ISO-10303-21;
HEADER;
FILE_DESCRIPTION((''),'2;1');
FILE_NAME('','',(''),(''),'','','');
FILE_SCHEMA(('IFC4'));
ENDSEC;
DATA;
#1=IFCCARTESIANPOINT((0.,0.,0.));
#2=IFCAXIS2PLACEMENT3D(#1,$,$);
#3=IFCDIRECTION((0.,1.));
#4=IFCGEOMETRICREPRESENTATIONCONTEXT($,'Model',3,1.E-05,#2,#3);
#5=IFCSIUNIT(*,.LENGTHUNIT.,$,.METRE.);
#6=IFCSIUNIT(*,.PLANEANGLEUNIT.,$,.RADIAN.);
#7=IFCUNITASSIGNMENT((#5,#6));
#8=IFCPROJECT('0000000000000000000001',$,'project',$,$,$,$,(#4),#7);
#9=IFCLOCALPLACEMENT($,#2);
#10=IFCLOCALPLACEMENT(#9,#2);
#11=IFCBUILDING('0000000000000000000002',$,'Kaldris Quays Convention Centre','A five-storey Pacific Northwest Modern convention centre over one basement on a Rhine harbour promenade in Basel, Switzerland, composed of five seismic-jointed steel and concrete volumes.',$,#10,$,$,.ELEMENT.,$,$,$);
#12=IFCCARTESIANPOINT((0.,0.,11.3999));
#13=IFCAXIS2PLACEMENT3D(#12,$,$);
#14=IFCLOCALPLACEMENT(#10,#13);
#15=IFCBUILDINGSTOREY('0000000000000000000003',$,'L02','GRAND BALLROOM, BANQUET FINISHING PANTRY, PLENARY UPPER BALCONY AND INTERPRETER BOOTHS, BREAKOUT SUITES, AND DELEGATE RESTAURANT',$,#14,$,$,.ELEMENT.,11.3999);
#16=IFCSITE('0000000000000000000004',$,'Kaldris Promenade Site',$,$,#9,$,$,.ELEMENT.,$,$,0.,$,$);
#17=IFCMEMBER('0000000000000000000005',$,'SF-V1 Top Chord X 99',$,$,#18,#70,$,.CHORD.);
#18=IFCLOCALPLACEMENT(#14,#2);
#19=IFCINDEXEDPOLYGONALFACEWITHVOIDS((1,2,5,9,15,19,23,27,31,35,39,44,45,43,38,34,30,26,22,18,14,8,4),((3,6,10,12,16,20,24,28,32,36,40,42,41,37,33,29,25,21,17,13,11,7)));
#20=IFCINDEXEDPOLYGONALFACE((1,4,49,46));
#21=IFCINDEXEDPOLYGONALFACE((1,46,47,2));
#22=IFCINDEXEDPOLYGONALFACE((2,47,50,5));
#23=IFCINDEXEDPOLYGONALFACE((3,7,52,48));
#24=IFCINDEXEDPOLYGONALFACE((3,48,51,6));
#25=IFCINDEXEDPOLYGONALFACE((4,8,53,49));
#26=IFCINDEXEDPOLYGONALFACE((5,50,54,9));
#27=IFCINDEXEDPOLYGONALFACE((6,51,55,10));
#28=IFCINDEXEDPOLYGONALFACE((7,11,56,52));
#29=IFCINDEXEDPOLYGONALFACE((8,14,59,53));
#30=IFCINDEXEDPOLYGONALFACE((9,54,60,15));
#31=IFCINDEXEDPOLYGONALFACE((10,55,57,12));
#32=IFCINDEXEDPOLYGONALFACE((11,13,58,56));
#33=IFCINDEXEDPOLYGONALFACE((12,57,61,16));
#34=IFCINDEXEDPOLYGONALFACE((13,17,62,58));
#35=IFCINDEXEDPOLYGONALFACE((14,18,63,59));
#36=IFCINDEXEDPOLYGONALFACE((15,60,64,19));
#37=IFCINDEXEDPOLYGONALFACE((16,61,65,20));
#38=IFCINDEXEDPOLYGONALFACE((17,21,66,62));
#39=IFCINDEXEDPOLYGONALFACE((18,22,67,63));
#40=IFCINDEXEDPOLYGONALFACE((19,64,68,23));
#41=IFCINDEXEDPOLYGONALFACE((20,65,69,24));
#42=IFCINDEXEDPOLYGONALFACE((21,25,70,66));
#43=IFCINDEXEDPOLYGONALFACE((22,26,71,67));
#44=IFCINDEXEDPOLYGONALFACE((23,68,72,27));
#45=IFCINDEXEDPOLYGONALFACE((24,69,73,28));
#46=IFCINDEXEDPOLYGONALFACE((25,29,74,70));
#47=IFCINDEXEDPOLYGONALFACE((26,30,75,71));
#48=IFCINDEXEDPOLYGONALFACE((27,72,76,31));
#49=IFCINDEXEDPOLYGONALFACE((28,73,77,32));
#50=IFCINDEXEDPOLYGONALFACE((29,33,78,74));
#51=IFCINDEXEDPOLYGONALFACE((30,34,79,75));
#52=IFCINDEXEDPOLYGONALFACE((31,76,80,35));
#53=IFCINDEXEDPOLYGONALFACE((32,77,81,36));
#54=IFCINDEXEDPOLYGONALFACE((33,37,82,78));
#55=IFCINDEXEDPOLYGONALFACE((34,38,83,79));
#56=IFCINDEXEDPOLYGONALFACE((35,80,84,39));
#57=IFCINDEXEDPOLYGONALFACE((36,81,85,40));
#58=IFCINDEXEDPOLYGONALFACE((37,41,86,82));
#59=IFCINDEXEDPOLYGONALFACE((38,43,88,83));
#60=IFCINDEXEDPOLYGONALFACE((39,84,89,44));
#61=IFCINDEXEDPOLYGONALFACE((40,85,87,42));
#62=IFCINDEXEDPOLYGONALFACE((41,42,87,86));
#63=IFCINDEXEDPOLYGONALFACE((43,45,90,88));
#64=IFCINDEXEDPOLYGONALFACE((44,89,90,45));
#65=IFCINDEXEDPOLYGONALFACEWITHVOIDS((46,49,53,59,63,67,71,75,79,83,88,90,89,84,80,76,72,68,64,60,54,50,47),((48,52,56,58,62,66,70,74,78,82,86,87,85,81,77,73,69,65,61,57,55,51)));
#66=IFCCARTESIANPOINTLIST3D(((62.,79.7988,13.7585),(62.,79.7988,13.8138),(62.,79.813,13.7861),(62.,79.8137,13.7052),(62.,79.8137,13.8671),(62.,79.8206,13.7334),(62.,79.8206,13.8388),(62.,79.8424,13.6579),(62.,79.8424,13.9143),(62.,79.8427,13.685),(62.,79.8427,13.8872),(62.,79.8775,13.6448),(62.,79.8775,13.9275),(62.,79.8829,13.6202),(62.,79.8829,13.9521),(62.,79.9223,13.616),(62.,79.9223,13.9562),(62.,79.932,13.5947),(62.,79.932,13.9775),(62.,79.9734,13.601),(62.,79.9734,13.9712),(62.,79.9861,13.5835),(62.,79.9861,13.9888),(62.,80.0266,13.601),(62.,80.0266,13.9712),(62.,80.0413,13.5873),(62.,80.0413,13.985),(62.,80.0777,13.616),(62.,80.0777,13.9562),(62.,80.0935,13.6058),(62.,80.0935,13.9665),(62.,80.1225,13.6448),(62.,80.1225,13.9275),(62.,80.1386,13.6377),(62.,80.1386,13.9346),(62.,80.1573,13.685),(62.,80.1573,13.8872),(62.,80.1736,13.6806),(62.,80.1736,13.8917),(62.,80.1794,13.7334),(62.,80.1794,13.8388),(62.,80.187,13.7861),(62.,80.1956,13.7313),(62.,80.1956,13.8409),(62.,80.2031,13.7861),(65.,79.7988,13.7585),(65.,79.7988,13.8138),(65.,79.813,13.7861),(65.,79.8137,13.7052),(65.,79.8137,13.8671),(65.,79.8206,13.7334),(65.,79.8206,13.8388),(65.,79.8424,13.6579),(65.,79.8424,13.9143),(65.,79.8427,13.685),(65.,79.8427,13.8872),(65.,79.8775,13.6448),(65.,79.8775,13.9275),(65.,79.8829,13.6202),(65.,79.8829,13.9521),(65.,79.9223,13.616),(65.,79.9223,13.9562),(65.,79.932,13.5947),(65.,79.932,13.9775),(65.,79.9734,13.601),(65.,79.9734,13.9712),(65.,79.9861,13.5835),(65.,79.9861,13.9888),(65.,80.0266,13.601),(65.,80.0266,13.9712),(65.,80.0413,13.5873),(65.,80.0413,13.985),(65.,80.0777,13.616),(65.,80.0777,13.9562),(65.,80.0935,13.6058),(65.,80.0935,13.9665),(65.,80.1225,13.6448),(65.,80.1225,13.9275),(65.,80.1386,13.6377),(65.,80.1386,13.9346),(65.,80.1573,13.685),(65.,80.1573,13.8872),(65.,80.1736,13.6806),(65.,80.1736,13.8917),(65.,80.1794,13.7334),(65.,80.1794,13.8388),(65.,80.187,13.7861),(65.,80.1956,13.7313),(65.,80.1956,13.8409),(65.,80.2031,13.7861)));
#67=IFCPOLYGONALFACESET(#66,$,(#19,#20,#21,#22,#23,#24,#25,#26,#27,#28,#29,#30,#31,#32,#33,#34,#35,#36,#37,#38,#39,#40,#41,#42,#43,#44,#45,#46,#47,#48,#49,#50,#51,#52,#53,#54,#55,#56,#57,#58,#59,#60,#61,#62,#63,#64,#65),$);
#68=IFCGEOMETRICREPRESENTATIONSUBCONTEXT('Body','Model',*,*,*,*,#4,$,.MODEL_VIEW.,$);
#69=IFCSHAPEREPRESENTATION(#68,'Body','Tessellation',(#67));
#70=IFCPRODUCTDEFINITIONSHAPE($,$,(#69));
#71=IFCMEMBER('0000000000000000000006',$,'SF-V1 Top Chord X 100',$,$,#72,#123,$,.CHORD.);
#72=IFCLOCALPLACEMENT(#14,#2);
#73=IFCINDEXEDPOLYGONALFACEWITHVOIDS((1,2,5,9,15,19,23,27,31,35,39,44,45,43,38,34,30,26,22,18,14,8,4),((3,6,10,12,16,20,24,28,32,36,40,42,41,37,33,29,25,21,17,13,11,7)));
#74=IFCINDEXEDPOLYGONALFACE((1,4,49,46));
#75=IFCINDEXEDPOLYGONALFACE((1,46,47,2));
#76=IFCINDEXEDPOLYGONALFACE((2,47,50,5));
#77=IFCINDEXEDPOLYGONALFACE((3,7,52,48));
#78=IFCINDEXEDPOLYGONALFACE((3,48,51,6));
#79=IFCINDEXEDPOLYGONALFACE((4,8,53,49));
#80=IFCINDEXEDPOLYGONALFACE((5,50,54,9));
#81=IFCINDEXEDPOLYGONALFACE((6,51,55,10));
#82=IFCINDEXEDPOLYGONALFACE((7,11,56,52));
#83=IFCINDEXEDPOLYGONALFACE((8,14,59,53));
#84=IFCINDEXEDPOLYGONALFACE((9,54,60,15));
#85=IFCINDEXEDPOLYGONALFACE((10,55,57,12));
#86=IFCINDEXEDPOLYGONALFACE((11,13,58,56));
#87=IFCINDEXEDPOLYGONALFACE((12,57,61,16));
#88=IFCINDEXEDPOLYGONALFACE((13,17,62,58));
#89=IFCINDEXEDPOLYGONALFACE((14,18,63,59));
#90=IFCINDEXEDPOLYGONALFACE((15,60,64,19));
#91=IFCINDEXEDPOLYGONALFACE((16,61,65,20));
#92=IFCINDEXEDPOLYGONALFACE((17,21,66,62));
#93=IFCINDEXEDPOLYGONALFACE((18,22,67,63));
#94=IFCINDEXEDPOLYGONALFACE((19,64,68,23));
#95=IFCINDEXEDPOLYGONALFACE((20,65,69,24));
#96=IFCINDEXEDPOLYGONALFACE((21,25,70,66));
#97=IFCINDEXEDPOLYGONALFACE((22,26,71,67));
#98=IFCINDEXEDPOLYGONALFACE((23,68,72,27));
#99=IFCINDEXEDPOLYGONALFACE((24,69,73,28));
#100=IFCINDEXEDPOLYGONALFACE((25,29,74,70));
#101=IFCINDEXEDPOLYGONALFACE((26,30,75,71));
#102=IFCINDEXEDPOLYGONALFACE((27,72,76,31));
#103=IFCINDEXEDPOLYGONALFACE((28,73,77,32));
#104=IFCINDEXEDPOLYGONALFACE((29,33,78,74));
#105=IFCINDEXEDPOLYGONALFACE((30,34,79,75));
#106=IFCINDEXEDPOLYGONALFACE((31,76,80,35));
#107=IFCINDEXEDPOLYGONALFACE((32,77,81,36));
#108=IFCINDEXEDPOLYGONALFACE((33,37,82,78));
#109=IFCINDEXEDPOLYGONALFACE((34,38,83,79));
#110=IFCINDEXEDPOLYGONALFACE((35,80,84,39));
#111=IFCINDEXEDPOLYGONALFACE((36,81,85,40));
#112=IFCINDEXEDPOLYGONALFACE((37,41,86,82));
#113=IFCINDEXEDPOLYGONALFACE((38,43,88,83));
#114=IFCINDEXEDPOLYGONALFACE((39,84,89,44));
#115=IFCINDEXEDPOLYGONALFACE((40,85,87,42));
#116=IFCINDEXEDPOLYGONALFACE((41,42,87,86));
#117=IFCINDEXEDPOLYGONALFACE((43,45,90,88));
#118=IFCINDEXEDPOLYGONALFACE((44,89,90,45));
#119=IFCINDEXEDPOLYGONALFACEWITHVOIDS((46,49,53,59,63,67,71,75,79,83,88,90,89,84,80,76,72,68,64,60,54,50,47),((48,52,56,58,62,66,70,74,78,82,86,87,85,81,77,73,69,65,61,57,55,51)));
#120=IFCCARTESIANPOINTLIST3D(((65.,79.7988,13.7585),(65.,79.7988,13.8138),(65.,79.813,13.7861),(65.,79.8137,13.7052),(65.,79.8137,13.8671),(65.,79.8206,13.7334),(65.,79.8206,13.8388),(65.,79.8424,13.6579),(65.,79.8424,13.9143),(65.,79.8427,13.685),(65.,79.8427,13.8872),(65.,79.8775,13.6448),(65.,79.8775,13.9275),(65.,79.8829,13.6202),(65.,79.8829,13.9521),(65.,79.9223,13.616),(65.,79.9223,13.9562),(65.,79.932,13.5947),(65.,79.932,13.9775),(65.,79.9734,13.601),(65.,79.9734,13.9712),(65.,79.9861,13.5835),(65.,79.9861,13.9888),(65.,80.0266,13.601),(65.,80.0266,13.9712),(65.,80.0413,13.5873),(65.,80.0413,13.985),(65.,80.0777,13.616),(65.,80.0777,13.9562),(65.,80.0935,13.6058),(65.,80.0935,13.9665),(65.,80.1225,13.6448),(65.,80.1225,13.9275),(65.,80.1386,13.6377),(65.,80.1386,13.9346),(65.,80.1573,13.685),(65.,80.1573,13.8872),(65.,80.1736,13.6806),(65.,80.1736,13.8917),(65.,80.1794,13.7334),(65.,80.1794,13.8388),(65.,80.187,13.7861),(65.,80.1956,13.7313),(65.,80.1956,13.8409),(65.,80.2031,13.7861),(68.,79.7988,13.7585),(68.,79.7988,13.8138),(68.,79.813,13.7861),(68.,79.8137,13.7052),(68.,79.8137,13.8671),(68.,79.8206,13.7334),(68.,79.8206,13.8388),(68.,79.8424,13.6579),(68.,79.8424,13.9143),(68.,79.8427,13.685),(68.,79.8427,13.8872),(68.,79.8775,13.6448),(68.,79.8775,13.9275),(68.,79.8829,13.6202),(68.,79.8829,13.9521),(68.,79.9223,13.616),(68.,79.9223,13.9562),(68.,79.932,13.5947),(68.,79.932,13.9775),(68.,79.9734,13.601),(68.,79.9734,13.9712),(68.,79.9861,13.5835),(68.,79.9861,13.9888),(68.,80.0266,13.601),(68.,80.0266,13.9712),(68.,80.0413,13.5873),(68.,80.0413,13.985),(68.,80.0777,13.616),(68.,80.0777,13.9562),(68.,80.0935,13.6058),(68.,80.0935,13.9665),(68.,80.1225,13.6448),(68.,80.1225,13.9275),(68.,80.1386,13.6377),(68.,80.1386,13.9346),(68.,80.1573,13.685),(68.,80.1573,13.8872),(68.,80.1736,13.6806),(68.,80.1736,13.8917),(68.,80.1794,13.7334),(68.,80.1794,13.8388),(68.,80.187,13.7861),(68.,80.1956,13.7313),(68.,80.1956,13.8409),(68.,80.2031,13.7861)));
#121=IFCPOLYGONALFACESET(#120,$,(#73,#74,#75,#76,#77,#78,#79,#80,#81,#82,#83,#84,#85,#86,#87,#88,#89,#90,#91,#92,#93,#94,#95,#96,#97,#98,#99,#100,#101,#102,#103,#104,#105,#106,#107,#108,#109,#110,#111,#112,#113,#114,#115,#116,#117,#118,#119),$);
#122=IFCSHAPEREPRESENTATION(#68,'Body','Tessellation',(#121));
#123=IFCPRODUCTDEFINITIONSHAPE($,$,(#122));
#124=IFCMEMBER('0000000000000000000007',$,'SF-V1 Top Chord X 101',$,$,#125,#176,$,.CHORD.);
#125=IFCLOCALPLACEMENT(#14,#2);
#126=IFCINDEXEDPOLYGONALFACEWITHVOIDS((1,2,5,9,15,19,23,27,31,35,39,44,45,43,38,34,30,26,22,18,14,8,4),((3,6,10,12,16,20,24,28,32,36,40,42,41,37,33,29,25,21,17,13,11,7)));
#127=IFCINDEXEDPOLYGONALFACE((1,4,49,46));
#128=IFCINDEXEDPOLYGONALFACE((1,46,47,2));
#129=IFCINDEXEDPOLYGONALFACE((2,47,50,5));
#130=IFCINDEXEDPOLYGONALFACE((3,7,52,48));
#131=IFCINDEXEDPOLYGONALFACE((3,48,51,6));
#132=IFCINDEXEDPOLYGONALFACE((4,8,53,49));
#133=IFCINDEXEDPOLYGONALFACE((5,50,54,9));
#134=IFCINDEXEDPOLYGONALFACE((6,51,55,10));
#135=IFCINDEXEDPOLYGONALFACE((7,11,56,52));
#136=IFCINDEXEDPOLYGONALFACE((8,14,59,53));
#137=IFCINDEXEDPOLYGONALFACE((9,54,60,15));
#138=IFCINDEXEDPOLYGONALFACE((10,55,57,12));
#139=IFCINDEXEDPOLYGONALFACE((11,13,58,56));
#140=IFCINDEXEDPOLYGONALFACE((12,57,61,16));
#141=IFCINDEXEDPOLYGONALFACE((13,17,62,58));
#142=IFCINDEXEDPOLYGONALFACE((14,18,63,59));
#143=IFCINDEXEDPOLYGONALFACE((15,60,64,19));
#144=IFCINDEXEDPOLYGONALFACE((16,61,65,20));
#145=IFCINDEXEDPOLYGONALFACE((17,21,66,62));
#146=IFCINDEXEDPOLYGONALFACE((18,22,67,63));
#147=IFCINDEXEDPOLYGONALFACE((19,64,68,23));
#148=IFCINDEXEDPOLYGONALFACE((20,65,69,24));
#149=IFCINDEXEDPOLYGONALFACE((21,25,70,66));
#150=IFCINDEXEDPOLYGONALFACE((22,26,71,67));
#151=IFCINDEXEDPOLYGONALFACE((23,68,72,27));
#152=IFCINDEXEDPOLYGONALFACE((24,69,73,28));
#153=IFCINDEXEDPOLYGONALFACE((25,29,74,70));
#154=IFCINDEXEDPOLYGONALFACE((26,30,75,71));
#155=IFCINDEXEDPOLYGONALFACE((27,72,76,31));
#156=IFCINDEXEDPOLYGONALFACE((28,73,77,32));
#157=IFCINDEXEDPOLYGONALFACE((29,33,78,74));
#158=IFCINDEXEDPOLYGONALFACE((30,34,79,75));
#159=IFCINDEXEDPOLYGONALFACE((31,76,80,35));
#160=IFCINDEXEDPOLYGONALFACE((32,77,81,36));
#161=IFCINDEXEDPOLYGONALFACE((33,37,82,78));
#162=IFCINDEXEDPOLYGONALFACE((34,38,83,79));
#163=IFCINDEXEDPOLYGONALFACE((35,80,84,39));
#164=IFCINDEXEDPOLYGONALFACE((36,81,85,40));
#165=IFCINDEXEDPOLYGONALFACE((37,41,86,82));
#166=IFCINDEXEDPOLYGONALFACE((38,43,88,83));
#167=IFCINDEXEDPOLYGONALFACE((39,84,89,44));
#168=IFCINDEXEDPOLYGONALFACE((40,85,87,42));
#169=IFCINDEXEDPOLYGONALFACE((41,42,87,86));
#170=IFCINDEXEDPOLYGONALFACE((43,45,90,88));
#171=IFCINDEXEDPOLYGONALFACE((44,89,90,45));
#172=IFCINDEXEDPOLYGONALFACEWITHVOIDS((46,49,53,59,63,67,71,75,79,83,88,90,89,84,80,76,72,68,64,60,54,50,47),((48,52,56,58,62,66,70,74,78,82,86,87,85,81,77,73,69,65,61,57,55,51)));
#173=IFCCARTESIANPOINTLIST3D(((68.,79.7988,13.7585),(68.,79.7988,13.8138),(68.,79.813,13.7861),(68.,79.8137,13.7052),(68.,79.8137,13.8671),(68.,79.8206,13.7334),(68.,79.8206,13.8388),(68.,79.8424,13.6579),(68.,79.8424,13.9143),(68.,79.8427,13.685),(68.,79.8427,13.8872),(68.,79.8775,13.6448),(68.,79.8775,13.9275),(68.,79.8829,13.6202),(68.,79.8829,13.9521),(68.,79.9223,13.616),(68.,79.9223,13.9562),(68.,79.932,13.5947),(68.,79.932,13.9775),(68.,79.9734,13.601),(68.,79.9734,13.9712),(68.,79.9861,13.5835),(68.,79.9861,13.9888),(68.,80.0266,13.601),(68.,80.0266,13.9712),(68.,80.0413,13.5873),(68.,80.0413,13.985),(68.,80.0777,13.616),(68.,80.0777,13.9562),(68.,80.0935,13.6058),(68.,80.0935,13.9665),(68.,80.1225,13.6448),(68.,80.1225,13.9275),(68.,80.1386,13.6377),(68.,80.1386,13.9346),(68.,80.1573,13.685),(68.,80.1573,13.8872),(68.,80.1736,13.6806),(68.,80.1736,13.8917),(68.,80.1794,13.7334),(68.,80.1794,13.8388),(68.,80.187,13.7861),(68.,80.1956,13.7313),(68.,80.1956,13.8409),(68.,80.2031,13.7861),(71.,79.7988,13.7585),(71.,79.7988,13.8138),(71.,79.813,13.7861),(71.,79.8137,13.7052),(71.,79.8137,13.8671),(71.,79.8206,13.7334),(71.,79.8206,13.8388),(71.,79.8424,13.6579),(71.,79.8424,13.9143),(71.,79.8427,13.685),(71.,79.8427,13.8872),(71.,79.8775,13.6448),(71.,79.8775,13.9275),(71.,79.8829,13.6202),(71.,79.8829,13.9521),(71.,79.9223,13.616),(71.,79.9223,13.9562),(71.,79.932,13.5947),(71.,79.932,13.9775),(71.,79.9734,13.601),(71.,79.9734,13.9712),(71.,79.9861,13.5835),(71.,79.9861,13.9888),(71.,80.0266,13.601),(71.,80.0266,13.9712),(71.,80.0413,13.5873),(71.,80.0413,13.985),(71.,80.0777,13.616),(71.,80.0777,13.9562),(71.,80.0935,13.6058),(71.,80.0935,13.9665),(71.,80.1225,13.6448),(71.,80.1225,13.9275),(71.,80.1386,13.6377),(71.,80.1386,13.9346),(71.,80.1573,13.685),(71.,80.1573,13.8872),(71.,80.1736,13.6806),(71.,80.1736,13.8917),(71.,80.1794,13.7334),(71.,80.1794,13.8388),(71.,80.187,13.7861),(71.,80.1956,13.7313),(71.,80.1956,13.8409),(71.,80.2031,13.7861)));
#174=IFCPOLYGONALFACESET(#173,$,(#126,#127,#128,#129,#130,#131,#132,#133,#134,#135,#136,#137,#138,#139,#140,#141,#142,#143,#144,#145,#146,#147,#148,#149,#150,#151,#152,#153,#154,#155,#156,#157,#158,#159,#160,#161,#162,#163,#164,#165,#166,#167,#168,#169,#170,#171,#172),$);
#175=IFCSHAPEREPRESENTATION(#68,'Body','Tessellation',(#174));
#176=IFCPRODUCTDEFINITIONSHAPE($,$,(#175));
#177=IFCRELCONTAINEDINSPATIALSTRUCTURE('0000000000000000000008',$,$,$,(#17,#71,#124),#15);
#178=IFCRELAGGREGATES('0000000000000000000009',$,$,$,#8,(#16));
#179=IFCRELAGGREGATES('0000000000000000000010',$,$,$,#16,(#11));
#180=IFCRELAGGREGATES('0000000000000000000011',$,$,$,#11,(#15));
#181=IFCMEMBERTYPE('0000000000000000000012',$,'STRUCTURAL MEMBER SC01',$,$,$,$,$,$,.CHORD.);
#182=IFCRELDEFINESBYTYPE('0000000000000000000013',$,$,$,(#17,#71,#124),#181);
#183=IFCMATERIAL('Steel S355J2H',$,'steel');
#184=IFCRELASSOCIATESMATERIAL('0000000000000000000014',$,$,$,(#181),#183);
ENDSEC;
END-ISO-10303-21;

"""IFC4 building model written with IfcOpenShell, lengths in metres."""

from ifc_helpers import new_model, si_unit, direction, frame, origin, origin_2d, place, context, subcontext, project, spatial, hollow_circle, extrude, material, material_profile, profile_set, type_object, element, save


model = new_model("IFC4")

# Units and contexts
model_context = context("Model", 3, precision=1e-05, world=origin(), true_north=direction((0.0, 1.0)))
body_context = subcontext(model_context, "Body", "Model", "MODEL_VIEW")
ifc_project = project(units=[si_unit("LENGTHUNIT", "METRE"), si_unit("PLANEANGLEUNIT", "RADIAN")], contexts=[model_context])

# Site, building, storey
site_placement = place(None, origin())
site = spatial("IfcSite", under=ifc_project, at=site_placement, Name="Kaldris Promenade Site", CompositionType="ELEMENT", RefElevation=0.0)
building_placement = place(site_placement, origin())
building = spatial("IfcBuilding", under=site, at=building_placement, Name="Kaldris Quays Convention Centre", Description="A five-storey Pacific Northwest Modern convention centre over one basement on a Rhine harbour promenade in Basel, Switzerland, composed of five seismic-jointed steel and concrete volumes.", CompositionType="ELEMENT")
storey_placement = place(building_placement, frame((0.0, 0.0, 11.3999)))
storey = spatial("IfcBuildingStorey", under=building, at=storey_placement, Name="L02", Description="GRAND BALLROOM, BANQUET FINISHING PANTRY, PLENARY UPPER BALCONY AND INTERPRETER BOOTHS, BREAKOUT SUITES, AND DELEGATE RESTAURANT", CompositionType="ELEMENT", Elevation=11.3999)

# Members
ifc_material_1 = material(Name="Steel S355J2H", Category="steel")
ifc_material_profile_1 = material_profile(ifc_material_1, hollow_circle(Radius=0.2031, WallThickness=0.0161, at=origin_2d()), Name="CHS 406.4x16")
ifc_profile_set_1 = profile_set([ifc_material_profile_1], Name="Steel S355J2H")
member_type_1 = type_object("IfcMemberType", Name="STRUCTURAL MEMBER SC01", PredefinedType="CHORD", material=ifc_profile_set_1)
for number, where, z_axis, x_axis, name in (
    (1, (62.0, 80.0, 13.7861), (1.0, 0.0, 0.0), (0.0, 1.0, 0.0), "SF-V1 Top Chord X 99"),
    (2, (65.0, 80.0, 13.7861), (1.0, 0.0, 0.0), (0.0, 1.0, 0.0), "SF-V1 Top Chord X 100"),
    (3, (68.0, 80.0, 13.7861), (1.0, 0.0, 0.0), (0.0, 1.0, 0.0), "SF-V1 Top Chord X 101"),
):
    element("IfcMember", number, at=place(storey_placement, frame(where, z_axis=z_axis, x_axis=x_axis)), inside=storey, type_object=member_type_1, Name=name, PredefinedType="CHORD", context=body_context, shape_type="SweptSolid", body=[
        extrude(hollow_circle(Radius=0.2031, WallThickness=0.0161, at=origin_2d()), origin(), (0.0, 0.0, 1.0), 3.0),
    ])

save(model, "model.ifc")
